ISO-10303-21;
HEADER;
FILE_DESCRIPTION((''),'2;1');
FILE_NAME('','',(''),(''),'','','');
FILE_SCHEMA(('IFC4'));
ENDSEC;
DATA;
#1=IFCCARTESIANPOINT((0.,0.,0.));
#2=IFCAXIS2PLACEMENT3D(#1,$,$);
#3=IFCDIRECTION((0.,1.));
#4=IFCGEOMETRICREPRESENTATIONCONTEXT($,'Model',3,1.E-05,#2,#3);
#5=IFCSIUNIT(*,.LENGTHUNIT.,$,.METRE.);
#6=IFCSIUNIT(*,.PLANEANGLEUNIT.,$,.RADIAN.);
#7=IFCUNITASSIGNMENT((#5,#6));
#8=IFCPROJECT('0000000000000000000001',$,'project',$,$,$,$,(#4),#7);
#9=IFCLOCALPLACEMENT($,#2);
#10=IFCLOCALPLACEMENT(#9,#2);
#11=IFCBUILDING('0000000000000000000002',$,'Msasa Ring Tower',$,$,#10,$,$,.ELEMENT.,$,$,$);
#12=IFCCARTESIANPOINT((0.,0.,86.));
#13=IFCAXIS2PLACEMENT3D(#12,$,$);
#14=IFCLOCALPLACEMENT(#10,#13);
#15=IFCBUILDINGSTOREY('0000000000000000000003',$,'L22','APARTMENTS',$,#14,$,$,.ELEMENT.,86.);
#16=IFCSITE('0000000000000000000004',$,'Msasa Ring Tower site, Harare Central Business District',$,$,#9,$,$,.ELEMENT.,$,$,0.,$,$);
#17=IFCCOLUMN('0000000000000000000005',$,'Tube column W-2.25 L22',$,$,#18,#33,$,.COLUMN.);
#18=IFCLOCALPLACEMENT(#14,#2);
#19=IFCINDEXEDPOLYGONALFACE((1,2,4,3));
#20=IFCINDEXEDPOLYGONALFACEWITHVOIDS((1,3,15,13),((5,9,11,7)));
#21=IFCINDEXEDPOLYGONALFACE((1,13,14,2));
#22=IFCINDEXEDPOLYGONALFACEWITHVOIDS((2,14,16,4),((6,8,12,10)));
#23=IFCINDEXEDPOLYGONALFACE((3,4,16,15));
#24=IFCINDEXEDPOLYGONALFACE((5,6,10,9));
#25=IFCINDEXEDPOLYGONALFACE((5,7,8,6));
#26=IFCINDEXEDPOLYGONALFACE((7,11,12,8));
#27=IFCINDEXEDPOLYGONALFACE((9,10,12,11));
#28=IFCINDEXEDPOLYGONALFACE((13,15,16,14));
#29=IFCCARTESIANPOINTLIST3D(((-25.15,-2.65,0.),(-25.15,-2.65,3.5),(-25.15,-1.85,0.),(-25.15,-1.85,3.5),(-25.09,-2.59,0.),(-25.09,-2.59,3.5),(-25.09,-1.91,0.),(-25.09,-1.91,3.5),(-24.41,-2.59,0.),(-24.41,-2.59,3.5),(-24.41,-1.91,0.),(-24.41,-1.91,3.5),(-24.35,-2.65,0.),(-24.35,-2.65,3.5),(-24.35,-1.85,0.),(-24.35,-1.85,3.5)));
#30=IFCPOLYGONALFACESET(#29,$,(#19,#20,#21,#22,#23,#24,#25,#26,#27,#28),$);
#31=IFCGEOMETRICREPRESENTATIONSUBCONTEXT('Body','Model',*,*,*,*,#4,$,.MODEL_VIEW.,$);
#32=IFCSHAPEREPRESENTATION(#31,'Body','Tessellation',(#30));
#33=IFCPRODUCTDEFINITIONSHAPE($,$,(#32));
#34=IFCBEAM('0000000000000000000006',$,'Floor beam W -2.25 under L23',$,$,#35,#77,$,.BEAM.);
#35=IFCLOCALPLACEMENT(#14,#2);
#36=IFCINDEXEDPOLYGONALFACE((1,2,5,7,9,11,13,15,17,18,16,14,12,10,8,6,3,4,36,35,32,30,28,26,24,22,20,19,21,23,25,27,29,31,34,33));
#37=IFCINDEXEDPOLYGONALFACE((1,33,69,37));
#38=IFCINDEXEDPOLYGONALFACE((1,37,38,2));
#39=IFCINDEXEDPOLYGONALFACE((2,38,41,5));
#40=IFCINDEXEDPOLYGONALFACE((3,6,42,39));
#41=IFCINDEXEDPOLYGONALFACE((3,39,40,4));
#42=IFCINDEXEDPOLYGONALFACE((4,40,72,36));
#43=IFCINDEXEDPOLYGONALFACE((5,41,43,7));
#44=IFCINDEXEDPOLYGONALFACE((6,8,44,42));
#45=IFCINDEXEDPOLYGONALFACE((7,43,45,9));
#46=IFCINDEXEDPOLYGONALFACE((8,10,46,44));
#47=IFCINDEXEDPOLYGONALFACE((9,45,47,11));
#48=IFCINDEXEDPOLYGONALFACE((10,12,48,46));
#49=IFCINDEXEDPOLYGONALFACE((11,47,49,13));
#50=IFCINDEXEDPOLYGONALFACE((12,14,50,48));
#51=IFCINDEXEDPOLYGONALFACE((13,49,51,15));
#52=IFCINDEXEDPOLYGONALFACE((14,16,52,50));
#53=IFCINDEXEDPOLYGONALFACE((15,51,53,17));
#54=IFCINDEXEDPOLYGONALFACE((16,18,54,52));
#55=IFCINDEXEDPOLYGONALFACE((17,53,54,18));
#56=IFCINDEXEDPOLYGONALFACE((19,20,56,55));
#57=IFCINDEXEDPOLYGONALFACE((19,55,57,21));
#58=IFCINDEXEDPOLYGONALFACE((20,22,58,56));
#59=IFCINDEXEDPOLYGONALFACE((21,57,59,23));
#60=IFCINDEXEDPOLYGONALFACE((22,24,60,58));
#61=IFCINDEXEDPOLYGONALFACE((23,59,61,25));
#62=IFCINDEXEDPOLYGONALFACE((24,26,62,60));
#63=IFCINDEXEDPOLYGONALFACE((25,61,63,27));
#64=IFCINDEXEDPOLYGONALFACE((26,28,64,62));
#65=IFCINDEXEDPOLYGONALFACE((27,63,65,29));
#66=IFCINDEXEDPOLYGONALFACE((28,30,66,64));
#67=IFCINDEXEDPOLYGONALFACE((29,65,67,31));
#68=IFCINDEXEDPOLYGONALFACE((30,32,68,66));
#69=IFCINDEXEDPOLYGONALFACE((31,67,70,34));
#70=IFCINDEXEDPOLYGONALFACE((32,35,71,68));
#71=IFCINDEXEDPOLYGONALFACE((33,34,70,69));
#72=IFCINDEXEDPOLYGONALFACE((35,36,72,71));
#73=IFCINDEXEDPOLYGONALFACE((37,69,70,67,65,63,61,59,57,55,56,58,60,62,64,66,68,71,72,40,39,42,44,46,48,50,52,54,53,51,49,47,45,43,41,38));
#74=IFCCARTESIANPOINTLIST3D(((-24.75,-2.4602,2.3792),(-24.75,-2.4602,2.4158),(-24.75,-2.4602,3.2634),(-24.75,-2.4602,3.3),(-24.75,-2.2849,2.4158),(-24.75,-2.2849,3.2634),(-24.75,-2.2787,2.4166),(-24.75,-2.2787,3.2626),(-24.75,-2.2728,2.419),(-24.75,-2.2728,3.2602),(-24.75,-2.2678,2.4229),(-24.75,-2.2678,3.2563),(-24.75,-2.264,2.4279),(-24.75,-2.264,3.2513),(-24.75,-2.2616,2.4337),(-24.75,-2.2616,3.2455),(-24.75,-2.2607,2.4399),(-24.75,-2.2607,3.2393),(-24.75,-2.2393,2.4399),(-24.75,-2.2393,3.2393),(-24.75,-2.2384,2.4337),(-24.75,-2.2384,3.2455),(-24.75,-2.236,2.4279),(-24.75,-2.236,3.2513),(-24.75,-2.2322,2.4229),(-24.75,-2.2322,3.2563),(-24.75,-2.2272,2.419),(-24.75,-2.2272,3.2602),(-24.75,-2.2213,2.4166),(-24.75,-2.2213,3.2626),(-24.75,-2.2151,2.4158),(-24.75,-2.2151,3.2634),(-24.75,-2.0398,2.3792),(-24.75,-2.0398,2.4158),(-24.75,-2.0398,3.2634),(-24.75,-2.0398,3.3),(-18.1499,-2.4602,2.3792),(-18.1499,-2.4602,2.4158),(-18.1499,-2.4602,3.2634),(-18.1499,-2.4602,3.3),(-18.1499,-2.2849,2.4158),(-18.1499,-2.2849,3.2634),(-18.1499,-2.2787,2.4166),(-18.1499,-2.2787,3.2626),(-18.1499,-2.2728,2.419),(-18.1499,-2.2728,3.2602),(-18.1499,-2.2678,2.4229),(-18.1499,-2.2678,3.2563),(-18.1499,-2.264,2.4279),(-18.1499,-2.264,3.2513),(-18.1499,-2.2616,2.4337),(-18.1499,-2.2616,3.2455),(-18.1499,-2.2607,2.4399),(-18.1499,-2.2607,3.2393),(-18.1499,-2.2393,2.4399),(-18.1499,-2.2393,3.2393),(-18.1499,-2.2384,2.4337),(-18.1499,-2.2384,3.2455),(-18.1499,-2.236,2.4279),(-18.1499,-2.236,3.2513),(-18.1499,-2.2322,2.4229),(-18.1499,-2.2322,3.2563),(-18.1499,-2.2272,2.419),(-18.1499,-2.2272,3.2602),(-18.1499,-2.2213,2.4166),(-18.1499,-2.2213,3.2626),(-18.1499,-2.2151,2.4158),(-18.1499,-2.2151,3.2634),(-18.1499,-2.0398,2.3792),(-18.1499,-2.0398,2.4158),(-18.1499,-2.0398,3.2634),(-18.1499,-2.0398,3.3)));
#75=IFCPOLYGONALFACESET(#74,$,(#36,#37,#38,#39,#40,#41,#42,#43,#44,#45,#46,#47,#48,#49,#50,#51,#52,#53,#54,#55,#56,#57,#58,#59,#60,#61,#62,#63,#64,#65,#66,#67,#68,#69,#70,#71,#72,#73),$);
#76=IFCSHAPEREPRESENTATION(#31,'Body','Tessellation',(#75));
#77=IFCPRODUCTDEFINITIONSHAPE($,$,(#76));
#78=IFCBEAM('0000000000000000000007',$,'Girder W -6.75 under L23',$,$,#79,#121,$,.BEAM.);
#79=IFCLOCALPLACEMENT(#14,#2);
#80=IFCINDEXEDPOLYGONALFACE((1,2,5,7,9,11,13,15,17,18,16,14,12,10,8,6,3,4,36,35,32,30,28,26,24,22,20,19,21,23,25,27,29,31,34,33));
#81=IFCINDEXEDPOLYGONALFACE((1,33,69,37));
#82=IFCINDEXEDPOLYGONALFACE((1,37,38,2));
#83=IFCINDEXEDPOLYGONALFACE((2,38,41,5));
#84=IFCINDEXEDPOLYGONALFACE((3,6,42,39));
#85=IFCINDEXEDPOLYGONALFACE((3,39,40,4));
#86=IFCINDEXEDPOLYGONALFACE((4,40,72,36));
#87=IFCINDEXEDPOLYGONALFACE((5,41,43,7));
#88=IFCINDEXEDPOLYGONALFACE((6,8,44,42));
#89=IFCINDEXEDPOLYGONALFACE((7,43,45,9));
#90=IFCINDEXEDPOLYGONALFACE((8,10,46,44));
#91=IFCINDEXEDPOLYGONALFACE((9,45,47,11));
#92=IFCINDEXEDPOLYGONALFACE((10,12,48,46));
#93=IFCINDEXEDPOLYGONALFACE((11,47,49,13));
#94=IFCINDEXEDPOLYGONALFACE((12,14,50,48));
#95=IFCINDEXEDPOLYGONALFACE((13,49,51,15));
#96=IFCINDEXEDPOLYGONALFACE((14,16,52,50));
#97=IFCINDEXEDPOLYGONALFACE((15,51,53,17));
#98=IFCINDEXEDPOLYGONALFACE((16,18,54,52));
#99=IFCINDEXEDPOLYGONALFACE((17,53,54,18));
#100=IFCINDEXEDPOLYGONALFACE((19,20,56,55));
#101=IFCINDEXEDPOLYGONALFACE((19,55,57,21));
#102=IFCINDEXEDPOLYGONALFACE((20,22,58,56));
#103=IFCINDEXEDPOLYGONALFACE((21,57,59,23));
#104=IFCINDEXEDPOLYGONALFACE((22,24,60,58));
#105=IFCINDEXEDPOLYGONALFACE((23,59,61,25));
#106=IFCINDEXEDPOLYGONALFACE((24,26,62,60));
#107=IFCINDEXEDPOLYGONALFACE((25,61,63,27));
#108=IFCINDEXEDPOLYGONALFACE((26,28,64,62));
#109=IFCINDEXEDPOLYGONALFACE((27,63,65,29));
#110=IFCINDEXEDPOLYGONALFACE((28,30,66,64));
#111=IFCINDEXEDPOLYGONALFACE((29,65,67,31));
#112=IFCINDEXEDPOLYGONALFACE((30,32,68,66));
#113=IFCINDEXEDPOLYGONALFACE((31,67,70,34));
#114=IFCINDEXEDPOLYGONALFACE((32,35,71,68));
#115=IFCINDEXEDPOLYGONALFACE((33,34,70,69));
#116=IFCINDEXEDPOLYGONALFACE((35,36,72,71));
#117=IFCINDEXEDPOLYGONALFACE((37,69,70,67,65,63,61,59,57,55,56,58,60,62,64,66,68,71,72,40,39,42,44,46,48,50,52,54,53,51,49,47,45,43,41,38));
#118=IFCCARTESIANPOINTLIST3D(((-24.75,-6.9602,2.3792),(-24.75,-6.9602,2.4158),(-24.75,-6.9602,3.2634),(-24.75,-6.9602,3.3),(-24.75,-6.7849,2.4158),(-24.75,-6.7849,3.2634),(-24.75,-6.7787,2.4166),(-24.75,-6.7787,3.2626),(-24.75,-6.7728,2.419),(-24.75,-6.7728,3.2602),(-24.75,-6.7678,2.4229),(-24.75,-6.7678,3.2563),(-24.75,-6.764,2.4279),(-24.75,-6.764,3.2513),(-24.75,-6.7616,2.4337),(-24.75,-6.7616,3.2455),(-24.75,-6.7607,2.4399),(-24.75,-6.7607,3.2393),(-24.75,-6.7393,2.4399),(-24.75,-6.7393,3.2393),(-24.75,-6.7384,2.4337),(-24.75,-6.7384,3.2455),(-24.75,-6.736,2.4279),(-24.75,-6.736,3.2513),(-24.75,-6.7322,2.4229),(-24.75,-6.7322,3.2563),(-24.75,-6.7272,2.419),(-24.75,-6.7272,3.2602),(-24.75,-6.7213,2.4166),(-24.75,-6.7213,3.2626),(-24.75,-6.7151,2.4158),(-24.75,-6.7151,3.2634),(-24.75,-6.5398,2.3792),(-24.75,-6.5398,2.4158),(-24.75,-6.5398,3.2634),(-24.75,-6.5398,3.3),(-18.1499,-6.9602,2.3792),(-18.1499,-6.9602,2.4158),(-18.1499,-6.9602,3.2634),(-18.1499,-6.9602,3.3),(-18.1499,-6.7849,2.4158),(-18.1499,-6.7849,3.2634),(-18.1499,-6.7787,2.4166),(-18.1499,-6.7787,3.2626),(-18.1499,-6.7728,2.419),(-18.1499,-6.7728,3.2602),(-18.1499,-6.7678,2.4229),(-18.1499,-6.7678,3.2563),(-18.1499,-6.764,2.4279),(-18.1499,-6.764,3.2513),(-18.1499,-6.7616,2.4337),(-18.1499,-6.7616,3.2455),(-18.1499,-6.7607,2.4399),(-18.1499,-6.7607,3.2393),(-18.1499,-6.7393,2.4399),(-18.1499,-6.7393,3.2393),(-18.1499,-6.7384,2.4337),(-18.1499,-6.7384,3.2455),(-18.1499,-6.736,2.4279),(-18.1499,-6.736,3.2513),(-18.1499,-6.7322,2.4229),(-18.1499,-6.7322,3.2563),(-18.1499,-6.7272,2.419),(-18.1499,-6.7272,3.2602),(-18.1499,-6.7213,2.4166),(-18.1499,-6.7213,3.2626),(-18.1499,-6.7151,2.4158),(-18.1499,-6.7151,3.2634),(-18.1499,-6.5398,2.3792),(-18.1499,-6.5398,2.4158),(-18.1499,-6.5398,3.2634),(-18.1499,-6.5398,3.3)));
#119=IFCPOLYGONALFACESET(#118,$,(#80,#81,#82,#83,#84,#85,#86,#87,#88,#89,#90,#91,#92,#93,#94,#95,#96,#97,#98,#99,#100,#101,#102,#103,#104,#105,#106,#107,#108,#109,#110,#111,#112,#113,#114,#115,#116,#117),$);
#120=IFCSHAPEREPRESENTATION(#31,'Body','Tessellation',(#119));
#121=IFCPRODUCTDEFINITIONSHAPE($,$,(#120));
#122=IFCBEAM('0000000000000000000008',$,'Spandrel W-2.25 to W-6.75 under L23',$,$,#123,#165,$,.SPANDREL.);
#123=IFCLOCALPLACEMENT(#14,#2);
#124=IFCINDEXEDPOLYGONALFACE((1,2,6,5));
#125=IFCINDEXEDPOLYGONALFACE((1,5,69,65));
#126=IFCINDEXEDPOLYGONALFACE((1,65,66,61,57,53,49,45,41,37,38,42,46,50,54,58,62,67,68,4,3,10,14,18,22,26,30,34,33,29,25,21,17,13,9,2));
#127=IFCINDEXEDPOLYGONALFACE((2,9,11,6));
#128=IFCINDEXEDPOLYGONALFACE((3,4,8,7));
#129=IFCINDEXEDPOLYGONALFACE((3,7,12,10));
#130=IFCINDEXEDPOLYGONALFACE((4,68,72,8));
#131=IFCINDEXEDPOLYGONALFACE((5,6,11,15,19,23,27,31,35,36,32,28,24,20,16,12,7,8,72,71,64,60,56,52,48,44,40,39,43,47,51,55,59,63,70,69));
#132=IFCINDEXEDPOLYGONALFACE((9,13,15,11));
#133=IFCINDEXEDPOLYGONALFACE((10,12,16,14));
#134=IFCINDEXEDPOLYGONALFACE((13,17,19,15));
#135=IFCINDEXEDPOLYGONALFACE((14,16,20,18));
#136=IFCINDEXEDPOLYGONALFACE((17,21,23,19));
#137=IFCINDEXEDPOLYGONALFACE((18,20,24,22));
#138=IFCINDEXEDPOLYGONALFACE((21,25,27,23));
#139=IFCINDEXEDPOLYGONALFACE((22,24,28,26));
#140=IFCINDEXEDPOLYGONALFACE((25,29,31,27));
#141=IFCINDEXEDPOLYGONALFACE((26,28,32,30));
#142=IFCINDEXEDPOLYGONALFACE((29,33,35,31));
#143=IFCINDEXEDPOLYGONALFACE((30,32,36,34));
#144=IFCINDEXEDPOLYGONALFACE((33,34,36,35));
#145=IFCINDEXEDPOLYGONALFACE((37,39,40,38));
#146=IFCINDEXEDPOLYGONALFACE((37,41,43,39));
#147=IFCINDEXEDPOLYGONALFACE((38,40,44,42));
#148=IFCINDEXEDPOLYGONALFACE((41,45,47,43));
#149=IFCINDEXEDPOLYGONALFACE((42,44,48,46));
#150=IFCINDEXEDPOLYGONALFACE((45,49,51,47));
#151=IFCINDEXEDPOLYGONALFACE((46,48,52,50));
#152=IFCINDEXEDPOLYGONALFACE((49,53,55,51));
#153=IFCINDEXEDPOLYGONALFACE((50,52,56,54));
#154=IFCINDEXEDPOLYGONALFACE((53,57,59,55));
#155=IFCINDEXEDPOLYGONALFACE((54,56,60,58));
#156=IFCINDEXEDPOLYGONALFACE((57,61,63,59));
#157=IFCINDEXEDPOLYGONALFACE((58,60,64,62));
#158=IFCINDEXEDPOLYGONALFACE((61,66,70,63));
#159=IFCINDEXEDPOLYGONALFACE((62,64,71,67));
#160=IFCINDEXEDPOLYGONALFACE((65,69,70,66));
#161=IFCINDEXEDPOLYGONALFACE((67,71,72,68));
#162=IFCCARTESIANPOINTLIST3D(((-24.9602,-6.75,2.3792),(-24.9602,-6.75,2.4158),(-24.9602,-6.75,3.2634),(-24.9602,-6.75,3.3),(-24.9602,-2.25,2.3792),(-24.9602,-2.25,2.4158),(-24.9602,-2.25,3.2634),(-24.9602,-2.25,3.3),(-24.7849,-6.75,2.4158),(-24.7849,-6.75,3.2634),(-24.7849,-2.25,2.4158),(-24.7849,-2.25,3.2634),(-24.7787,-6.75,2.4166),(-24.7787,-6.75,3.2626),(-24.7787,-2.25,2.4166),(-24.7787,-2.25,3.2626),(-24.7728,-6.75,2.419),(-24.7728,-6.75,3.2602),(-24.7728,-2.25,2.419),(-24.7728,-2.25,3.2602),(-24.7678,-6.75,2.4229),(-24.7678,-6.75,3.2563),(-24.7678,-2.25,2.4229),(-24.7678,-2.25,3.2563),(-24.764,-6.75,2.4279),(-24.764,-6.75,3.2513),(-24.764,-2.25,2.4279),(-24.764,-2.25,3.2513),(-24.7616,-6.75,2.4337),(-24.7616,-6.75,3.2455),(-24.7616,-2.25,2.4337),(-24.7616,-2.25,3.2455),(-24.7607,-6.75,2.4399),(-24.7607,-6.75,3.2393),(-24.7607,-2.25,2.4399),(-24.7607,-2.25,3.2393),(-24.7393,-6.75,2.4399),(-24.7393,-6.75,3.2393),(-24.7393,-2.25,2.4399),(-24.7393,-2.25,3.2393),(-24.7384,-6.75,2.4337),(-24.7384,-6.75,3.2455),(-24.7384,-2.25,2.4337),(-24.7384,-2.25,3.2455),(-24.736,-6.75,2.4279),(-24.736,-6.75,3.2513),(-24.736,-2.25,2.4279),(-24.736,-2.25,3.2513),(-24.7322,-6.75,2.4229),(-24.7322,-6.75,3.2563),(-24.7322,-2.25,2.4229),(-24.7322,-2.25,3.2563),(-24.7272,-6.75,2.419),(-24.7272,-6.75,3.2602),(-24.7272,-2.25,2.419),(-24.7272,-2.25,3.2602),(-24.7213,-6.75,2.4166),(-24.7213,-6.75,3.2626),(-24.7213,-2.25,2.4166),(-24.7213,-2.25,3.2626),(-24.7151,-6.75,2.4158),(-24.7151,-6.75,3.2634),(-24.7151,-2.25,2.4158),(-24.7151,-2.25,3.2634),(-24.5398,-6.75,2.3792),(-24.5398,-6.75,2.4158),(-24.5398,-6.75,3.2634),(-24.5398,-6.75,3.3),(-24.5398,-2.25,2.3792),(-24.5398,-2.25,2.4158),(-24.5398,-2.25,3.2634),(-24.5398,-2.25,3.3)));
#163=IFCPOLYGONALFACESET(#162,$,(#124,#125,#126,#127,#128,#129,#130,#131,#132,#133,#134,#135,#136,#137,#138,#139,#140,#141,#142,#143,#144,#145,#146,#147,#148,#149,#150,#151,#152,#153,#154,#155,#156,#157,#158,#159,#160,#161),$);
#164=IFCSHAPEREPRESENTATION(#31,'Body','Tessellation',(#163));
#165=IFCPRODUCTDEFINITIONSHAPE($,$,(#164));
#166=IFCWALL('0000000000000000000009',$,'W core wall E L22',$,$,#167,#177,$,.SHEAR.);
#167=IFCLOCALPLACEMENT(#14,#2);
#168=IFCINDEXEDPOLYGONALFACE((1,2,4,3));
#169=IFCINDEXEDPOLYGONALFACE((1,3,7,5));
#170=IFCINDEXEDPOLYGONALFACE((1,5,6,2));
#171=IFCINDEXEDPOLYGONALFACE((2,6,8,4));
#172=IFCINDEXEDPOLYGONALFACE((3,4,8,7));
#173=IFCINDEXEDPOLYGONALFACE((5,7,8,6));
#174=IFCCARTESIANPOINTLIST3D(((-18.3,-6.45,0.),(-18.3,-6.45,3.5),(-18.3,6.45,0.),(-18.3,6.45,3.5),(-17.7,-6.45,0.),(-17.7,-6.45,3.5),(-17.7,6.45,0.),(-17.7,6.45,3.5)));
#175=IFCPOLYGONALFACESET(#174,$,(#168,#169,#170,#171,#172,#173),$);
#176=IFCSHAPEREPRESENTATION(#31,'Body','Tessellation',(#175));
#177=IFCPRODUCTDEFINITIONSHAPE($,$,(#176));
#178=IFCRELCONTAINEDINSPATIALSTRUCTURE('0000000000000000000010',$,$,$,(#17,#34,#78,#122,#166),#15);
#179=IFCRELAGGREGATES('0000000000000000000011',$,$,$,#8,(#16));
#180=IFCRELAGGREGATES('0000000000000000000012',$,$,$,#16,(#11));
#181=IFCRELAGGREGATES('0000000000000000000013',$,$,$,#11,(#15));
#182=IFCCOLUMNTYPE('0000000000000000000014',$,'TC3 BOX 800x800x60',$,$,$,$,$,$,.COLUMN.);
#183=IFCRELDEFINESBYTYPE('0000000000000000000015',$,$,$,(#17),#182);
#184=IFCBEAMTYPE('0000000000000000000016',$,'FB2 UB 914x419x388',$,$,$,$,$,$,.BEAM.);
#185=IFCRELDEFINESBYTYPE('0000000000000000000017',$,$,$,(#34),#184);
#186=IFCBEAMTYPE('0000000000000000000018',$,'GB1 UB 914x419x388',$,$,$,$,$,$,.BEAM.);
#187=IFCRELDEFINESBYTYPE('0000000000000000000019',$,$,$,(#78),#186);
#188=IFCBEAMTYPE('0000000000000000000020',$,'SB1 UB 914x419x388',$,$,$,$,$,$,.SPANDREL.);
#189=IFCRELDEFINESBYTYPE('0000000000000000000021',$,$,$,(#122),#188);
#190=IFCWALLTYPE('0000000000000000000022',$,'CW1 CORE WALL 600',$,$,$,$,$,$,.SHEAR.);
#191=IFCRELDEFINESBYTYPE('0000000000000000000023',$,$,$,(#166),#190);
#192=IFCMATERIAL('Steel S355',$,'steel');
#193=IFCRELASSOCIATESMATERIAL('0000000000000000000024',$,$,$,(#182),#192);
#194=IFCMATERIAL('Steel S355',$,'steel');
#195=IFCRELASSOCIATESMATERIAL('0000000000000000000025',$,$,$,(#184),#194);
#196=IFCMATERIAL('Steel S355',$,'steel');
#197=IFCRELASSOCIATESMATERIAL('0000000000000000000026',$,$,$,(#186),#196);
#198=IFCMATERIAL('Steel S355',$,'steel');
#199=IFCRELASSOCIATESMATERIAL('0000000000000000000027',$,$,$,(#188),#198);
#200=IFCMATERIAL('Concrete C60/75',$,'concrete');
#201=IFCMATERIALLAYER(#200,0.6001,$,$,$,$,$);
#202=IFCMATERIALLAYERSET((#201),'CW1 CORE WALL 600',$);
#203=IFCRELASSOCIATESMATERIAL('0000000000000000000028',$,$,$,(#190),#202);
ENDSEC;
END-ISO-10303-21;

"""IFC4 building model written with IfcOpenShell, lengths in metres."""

from ifc_helpers import new_model, si_unit, direction, frame, frame_2d, origin, origin_2d, place, context, subcontext, project, spatial, rectangle, hollow_rectangle, i_section, extrude, material, layer, layer_set, material_profile, profile_set, type_object, element, save


model = new_model("IFC4")

# Units and contexts
model_context = context("Model", 3, precision=1e-05, world=origin(), true_north=direction((0.0, 1.0)))
body_context = subcontext(model_context, "Body", "Model", "MODEL_VIEW")
ifc_project = project(units=[si_unit("LENGTHUNIT", "METRE"), si_unit("PLANEANGLEUNIT", "RADIAN")], contexts=[model_context])

# Site, building, storey
site_placement = place(None, origin())
site = spatial("IfcSite", under=ifc_project, at=site_placement, Name="Msasa Ring Tower site, Harare Central Business District", CompositionType="ELEMENT", RefElevation=0.0)
building_placement = place(site_placement, origin())
building = spatial("IfcBuilding", under=site, at=building_placement, Name="Msasa Ring Tower", CompositionType="ELEMENT")
storey_placement = place(building_placement, frame((0.0, 0.0, 86.0)))
storey = spatial("IfcBuildingStorey", under=building, at=storey_placement, Name="L22", Description="APARTMENTS", CompositionType="ELEMENT", Elevation=86.0)

# Column
ifc_material_1 = material(Name="Steel S355", Category="steel")
ifc_material_profile_1 = material_profile(ifc_material_1, hollow_rectangle(XDim=0.8, YDim=0.8, WallThickness=0.0601, at=origin_2d()), Name="BOX 800x800x60")
ifc_profile_set_1 = profile_set([ifc_material_profile_1], Name="Steel S355")
column_type = type_object("IfcColumnType", Name="TC3 BOX 800x800x60", PredefinedType="COLUMN", material=ifc_profile_set_1)
column_placement = place(storey_placement, frame((-24.75, -2.25, 0.0), z_axis=(0.0, 0.0, 1.0), x_axis=(1.0, 0.0, 0.0)))
element("IfcColumn", 1, at=column_placement, inside=storey, type_object=column_type, Name="Tube column W-2.25 L22", PredefinedType="COLUMN", context=body_context, shape_type="SweptSolid", body=[
    extrude(hollow_rectangle(XDim=0.8, YDim=0.8, WallThickness=0.0601, at=origin_2d()), origin(), (0.0, 0.0, 1.0), 3.5),
])

# Beams
ifc_material_2 = material(Name="Steel S355", Category="steel")
ifc_material_profile_2 = material_profile(ifc_material_2, i_section(OverallWidth=0.4204, OverallDepth=0.9209, WebThickness=0.0215, FlangeThickness=0.0366, FilletRadius=0.0242, at=origin_2d()), Name="UB 914x419x388")
ifc_profile_set_2 = profile_set([ifc_material_profile_2], Name="Steel S355")
beam_type_1 = type_object("IfcBeamType", Name="FB2 UB 914x419x388", PredefinedType="BEAM", material=ifc_profile_set_2)
beam_1_placement = place(storey_placement, frame((-24.75, -2.25, 2.8396), z_axis=(1.0, 0.0, 0.0), x_axis=(0.0, 1.0, 0.0)))
element("IfcBeam", 2, at=beam_1_placement, inside=storey, type_object=beam_type_1, Name="Floor beam W -2.25 under L23", PredefinedType="BEAM", context=body_context, shape_type="SweptSolid", body=[
    extrude(i_section(OverallWidth=0.4204, OverallDepth=0.9209, WebThickness=0.0215, FlangeThickness=0.0366, FilletRadius=0.0242, at=origin_2d()), origin(), (0.0, 0.0, 1.0), 6.6001),
])
ifc_material_3 = material(Name="Steel S355", Category="steel")
ifc_material_profile_3 = material_profile(ifc_material_3, i_section(OverallWidth=0.4204, OverallDepth=0.9209, WebThickness=0.0215, FlangeThickness=0.0366, FilletRadius=0.0242, at=origin_2d()), Name="UB 914x419x388")
ifc_profile_set_3 = profile_set([ifc_material_profile_3], Name="Steel S355")
beam_type_2 = type_object("IfcBeamType", Name="GB1 UB 914x419x388", PredefinedType="BEAM", material=ifc_profile_set_3)
beam_2_placement = place(storey_placement, frame((-18.1499, -6.75, 2.8396), z_axis=(-1.0, 0.0, 0.0), x_axis=(0.0, -1.0, 0.0)))
element("IfcBeam", 3, at=beam_2_placement, inside=storey, type_object=beam_type_2, Name="Girder W -6.75 under L23", PredefinedType="BEAM", context=body_context, shape_type="SweptSolid", body=[
    extrude(i_section(OverallWidth=0.4204, OverallDepth=0.9209, WebThickness=0.0215, FlangeThickness=0.0366, FilletRadius=0.0242, at=origin_2d()), origin(), (0.0, 0.0, 1.0), 6.6001),
])
ifc_material_4 = material(Name="Steel S355", Category="steel")
ifc_material_profile_4 = material_profile(ifc_material_4, i_section(OverallWidth=0.4204, OverallDepth=0.9209, WebThickness=0.0215, FlangeThickness=0.0366, FilletRadius=0.0242, at=origin_2d()), Name="UB 914x419x388")
ifc_profile_set_4 = profile_set([ifc_material_profile_4], Name="Steel S355")
beam_type_3 = type_object("IfcBeamType", Name="SB1 UB 914x419x388", PredefinedType="SPANDREL", material=ifc_profile_set_4)
beam_3_placement = place(storey_placement, frame((-24.75, -2.25, 2.8396), z_axis=(0.0, -1.0, 0.0), x_axis=(1.0, 0.0, 0.0)))
element("IfcBeam", 4, at=beam_3_placement, inside=storey, type_object=beam_type_3, Name="Spandrel W-2.25 to W-6.75 under L23", PredefinedType="SPANDREL", context=body_context, shape_type="SweptSolid", body=[
    extrude(i_section(OverallWidth=0.4204, OverallDepth=0.9209, WebThickness=0.0215, FlangeThickness=0.0366, FilletRadius=0.0242, at=origin_2d()), origin(), (0.0, 0.0, 1.0), 4.5),
])

# Wall
ifc_material_5 = material(Name="Concrete C60/75", Category="concrete")
ifc_layer_1 = layer(ifc_material_5, 0.6001)
ifc_layer_set_1 = layer_set([ifc_layer_1], Name="CW1 CORE WALL 600")
wall_type_1 = type_object("IfcWallType", Name="CW1 CORE WALL 600", PredefinedType="SHEAR", material=ifc_layer_set_1)
wall_1_placement = place(storey_placement, frame((-18.0, -6.45, 0.0), z_axis=(0.0, 0.0, 1.0), x_axis=(0.0, 1.0, 0.0)))
element("IfcWall", 5, at=wall_1_placement, inside=storey, type_object=wall_type_1, Name="W core wall E L22", PredefinedType="SHEAR", context=body_context, shape_type="SweptSolid", body=[
    extrude(rectangle(XDim=12.8999, YDim=0.6001, at=frame_2d((6.45, 0.0))), origin(), (0.0, 0.0, 1.0), 3.5),
])

save(model, "model.ifc")
